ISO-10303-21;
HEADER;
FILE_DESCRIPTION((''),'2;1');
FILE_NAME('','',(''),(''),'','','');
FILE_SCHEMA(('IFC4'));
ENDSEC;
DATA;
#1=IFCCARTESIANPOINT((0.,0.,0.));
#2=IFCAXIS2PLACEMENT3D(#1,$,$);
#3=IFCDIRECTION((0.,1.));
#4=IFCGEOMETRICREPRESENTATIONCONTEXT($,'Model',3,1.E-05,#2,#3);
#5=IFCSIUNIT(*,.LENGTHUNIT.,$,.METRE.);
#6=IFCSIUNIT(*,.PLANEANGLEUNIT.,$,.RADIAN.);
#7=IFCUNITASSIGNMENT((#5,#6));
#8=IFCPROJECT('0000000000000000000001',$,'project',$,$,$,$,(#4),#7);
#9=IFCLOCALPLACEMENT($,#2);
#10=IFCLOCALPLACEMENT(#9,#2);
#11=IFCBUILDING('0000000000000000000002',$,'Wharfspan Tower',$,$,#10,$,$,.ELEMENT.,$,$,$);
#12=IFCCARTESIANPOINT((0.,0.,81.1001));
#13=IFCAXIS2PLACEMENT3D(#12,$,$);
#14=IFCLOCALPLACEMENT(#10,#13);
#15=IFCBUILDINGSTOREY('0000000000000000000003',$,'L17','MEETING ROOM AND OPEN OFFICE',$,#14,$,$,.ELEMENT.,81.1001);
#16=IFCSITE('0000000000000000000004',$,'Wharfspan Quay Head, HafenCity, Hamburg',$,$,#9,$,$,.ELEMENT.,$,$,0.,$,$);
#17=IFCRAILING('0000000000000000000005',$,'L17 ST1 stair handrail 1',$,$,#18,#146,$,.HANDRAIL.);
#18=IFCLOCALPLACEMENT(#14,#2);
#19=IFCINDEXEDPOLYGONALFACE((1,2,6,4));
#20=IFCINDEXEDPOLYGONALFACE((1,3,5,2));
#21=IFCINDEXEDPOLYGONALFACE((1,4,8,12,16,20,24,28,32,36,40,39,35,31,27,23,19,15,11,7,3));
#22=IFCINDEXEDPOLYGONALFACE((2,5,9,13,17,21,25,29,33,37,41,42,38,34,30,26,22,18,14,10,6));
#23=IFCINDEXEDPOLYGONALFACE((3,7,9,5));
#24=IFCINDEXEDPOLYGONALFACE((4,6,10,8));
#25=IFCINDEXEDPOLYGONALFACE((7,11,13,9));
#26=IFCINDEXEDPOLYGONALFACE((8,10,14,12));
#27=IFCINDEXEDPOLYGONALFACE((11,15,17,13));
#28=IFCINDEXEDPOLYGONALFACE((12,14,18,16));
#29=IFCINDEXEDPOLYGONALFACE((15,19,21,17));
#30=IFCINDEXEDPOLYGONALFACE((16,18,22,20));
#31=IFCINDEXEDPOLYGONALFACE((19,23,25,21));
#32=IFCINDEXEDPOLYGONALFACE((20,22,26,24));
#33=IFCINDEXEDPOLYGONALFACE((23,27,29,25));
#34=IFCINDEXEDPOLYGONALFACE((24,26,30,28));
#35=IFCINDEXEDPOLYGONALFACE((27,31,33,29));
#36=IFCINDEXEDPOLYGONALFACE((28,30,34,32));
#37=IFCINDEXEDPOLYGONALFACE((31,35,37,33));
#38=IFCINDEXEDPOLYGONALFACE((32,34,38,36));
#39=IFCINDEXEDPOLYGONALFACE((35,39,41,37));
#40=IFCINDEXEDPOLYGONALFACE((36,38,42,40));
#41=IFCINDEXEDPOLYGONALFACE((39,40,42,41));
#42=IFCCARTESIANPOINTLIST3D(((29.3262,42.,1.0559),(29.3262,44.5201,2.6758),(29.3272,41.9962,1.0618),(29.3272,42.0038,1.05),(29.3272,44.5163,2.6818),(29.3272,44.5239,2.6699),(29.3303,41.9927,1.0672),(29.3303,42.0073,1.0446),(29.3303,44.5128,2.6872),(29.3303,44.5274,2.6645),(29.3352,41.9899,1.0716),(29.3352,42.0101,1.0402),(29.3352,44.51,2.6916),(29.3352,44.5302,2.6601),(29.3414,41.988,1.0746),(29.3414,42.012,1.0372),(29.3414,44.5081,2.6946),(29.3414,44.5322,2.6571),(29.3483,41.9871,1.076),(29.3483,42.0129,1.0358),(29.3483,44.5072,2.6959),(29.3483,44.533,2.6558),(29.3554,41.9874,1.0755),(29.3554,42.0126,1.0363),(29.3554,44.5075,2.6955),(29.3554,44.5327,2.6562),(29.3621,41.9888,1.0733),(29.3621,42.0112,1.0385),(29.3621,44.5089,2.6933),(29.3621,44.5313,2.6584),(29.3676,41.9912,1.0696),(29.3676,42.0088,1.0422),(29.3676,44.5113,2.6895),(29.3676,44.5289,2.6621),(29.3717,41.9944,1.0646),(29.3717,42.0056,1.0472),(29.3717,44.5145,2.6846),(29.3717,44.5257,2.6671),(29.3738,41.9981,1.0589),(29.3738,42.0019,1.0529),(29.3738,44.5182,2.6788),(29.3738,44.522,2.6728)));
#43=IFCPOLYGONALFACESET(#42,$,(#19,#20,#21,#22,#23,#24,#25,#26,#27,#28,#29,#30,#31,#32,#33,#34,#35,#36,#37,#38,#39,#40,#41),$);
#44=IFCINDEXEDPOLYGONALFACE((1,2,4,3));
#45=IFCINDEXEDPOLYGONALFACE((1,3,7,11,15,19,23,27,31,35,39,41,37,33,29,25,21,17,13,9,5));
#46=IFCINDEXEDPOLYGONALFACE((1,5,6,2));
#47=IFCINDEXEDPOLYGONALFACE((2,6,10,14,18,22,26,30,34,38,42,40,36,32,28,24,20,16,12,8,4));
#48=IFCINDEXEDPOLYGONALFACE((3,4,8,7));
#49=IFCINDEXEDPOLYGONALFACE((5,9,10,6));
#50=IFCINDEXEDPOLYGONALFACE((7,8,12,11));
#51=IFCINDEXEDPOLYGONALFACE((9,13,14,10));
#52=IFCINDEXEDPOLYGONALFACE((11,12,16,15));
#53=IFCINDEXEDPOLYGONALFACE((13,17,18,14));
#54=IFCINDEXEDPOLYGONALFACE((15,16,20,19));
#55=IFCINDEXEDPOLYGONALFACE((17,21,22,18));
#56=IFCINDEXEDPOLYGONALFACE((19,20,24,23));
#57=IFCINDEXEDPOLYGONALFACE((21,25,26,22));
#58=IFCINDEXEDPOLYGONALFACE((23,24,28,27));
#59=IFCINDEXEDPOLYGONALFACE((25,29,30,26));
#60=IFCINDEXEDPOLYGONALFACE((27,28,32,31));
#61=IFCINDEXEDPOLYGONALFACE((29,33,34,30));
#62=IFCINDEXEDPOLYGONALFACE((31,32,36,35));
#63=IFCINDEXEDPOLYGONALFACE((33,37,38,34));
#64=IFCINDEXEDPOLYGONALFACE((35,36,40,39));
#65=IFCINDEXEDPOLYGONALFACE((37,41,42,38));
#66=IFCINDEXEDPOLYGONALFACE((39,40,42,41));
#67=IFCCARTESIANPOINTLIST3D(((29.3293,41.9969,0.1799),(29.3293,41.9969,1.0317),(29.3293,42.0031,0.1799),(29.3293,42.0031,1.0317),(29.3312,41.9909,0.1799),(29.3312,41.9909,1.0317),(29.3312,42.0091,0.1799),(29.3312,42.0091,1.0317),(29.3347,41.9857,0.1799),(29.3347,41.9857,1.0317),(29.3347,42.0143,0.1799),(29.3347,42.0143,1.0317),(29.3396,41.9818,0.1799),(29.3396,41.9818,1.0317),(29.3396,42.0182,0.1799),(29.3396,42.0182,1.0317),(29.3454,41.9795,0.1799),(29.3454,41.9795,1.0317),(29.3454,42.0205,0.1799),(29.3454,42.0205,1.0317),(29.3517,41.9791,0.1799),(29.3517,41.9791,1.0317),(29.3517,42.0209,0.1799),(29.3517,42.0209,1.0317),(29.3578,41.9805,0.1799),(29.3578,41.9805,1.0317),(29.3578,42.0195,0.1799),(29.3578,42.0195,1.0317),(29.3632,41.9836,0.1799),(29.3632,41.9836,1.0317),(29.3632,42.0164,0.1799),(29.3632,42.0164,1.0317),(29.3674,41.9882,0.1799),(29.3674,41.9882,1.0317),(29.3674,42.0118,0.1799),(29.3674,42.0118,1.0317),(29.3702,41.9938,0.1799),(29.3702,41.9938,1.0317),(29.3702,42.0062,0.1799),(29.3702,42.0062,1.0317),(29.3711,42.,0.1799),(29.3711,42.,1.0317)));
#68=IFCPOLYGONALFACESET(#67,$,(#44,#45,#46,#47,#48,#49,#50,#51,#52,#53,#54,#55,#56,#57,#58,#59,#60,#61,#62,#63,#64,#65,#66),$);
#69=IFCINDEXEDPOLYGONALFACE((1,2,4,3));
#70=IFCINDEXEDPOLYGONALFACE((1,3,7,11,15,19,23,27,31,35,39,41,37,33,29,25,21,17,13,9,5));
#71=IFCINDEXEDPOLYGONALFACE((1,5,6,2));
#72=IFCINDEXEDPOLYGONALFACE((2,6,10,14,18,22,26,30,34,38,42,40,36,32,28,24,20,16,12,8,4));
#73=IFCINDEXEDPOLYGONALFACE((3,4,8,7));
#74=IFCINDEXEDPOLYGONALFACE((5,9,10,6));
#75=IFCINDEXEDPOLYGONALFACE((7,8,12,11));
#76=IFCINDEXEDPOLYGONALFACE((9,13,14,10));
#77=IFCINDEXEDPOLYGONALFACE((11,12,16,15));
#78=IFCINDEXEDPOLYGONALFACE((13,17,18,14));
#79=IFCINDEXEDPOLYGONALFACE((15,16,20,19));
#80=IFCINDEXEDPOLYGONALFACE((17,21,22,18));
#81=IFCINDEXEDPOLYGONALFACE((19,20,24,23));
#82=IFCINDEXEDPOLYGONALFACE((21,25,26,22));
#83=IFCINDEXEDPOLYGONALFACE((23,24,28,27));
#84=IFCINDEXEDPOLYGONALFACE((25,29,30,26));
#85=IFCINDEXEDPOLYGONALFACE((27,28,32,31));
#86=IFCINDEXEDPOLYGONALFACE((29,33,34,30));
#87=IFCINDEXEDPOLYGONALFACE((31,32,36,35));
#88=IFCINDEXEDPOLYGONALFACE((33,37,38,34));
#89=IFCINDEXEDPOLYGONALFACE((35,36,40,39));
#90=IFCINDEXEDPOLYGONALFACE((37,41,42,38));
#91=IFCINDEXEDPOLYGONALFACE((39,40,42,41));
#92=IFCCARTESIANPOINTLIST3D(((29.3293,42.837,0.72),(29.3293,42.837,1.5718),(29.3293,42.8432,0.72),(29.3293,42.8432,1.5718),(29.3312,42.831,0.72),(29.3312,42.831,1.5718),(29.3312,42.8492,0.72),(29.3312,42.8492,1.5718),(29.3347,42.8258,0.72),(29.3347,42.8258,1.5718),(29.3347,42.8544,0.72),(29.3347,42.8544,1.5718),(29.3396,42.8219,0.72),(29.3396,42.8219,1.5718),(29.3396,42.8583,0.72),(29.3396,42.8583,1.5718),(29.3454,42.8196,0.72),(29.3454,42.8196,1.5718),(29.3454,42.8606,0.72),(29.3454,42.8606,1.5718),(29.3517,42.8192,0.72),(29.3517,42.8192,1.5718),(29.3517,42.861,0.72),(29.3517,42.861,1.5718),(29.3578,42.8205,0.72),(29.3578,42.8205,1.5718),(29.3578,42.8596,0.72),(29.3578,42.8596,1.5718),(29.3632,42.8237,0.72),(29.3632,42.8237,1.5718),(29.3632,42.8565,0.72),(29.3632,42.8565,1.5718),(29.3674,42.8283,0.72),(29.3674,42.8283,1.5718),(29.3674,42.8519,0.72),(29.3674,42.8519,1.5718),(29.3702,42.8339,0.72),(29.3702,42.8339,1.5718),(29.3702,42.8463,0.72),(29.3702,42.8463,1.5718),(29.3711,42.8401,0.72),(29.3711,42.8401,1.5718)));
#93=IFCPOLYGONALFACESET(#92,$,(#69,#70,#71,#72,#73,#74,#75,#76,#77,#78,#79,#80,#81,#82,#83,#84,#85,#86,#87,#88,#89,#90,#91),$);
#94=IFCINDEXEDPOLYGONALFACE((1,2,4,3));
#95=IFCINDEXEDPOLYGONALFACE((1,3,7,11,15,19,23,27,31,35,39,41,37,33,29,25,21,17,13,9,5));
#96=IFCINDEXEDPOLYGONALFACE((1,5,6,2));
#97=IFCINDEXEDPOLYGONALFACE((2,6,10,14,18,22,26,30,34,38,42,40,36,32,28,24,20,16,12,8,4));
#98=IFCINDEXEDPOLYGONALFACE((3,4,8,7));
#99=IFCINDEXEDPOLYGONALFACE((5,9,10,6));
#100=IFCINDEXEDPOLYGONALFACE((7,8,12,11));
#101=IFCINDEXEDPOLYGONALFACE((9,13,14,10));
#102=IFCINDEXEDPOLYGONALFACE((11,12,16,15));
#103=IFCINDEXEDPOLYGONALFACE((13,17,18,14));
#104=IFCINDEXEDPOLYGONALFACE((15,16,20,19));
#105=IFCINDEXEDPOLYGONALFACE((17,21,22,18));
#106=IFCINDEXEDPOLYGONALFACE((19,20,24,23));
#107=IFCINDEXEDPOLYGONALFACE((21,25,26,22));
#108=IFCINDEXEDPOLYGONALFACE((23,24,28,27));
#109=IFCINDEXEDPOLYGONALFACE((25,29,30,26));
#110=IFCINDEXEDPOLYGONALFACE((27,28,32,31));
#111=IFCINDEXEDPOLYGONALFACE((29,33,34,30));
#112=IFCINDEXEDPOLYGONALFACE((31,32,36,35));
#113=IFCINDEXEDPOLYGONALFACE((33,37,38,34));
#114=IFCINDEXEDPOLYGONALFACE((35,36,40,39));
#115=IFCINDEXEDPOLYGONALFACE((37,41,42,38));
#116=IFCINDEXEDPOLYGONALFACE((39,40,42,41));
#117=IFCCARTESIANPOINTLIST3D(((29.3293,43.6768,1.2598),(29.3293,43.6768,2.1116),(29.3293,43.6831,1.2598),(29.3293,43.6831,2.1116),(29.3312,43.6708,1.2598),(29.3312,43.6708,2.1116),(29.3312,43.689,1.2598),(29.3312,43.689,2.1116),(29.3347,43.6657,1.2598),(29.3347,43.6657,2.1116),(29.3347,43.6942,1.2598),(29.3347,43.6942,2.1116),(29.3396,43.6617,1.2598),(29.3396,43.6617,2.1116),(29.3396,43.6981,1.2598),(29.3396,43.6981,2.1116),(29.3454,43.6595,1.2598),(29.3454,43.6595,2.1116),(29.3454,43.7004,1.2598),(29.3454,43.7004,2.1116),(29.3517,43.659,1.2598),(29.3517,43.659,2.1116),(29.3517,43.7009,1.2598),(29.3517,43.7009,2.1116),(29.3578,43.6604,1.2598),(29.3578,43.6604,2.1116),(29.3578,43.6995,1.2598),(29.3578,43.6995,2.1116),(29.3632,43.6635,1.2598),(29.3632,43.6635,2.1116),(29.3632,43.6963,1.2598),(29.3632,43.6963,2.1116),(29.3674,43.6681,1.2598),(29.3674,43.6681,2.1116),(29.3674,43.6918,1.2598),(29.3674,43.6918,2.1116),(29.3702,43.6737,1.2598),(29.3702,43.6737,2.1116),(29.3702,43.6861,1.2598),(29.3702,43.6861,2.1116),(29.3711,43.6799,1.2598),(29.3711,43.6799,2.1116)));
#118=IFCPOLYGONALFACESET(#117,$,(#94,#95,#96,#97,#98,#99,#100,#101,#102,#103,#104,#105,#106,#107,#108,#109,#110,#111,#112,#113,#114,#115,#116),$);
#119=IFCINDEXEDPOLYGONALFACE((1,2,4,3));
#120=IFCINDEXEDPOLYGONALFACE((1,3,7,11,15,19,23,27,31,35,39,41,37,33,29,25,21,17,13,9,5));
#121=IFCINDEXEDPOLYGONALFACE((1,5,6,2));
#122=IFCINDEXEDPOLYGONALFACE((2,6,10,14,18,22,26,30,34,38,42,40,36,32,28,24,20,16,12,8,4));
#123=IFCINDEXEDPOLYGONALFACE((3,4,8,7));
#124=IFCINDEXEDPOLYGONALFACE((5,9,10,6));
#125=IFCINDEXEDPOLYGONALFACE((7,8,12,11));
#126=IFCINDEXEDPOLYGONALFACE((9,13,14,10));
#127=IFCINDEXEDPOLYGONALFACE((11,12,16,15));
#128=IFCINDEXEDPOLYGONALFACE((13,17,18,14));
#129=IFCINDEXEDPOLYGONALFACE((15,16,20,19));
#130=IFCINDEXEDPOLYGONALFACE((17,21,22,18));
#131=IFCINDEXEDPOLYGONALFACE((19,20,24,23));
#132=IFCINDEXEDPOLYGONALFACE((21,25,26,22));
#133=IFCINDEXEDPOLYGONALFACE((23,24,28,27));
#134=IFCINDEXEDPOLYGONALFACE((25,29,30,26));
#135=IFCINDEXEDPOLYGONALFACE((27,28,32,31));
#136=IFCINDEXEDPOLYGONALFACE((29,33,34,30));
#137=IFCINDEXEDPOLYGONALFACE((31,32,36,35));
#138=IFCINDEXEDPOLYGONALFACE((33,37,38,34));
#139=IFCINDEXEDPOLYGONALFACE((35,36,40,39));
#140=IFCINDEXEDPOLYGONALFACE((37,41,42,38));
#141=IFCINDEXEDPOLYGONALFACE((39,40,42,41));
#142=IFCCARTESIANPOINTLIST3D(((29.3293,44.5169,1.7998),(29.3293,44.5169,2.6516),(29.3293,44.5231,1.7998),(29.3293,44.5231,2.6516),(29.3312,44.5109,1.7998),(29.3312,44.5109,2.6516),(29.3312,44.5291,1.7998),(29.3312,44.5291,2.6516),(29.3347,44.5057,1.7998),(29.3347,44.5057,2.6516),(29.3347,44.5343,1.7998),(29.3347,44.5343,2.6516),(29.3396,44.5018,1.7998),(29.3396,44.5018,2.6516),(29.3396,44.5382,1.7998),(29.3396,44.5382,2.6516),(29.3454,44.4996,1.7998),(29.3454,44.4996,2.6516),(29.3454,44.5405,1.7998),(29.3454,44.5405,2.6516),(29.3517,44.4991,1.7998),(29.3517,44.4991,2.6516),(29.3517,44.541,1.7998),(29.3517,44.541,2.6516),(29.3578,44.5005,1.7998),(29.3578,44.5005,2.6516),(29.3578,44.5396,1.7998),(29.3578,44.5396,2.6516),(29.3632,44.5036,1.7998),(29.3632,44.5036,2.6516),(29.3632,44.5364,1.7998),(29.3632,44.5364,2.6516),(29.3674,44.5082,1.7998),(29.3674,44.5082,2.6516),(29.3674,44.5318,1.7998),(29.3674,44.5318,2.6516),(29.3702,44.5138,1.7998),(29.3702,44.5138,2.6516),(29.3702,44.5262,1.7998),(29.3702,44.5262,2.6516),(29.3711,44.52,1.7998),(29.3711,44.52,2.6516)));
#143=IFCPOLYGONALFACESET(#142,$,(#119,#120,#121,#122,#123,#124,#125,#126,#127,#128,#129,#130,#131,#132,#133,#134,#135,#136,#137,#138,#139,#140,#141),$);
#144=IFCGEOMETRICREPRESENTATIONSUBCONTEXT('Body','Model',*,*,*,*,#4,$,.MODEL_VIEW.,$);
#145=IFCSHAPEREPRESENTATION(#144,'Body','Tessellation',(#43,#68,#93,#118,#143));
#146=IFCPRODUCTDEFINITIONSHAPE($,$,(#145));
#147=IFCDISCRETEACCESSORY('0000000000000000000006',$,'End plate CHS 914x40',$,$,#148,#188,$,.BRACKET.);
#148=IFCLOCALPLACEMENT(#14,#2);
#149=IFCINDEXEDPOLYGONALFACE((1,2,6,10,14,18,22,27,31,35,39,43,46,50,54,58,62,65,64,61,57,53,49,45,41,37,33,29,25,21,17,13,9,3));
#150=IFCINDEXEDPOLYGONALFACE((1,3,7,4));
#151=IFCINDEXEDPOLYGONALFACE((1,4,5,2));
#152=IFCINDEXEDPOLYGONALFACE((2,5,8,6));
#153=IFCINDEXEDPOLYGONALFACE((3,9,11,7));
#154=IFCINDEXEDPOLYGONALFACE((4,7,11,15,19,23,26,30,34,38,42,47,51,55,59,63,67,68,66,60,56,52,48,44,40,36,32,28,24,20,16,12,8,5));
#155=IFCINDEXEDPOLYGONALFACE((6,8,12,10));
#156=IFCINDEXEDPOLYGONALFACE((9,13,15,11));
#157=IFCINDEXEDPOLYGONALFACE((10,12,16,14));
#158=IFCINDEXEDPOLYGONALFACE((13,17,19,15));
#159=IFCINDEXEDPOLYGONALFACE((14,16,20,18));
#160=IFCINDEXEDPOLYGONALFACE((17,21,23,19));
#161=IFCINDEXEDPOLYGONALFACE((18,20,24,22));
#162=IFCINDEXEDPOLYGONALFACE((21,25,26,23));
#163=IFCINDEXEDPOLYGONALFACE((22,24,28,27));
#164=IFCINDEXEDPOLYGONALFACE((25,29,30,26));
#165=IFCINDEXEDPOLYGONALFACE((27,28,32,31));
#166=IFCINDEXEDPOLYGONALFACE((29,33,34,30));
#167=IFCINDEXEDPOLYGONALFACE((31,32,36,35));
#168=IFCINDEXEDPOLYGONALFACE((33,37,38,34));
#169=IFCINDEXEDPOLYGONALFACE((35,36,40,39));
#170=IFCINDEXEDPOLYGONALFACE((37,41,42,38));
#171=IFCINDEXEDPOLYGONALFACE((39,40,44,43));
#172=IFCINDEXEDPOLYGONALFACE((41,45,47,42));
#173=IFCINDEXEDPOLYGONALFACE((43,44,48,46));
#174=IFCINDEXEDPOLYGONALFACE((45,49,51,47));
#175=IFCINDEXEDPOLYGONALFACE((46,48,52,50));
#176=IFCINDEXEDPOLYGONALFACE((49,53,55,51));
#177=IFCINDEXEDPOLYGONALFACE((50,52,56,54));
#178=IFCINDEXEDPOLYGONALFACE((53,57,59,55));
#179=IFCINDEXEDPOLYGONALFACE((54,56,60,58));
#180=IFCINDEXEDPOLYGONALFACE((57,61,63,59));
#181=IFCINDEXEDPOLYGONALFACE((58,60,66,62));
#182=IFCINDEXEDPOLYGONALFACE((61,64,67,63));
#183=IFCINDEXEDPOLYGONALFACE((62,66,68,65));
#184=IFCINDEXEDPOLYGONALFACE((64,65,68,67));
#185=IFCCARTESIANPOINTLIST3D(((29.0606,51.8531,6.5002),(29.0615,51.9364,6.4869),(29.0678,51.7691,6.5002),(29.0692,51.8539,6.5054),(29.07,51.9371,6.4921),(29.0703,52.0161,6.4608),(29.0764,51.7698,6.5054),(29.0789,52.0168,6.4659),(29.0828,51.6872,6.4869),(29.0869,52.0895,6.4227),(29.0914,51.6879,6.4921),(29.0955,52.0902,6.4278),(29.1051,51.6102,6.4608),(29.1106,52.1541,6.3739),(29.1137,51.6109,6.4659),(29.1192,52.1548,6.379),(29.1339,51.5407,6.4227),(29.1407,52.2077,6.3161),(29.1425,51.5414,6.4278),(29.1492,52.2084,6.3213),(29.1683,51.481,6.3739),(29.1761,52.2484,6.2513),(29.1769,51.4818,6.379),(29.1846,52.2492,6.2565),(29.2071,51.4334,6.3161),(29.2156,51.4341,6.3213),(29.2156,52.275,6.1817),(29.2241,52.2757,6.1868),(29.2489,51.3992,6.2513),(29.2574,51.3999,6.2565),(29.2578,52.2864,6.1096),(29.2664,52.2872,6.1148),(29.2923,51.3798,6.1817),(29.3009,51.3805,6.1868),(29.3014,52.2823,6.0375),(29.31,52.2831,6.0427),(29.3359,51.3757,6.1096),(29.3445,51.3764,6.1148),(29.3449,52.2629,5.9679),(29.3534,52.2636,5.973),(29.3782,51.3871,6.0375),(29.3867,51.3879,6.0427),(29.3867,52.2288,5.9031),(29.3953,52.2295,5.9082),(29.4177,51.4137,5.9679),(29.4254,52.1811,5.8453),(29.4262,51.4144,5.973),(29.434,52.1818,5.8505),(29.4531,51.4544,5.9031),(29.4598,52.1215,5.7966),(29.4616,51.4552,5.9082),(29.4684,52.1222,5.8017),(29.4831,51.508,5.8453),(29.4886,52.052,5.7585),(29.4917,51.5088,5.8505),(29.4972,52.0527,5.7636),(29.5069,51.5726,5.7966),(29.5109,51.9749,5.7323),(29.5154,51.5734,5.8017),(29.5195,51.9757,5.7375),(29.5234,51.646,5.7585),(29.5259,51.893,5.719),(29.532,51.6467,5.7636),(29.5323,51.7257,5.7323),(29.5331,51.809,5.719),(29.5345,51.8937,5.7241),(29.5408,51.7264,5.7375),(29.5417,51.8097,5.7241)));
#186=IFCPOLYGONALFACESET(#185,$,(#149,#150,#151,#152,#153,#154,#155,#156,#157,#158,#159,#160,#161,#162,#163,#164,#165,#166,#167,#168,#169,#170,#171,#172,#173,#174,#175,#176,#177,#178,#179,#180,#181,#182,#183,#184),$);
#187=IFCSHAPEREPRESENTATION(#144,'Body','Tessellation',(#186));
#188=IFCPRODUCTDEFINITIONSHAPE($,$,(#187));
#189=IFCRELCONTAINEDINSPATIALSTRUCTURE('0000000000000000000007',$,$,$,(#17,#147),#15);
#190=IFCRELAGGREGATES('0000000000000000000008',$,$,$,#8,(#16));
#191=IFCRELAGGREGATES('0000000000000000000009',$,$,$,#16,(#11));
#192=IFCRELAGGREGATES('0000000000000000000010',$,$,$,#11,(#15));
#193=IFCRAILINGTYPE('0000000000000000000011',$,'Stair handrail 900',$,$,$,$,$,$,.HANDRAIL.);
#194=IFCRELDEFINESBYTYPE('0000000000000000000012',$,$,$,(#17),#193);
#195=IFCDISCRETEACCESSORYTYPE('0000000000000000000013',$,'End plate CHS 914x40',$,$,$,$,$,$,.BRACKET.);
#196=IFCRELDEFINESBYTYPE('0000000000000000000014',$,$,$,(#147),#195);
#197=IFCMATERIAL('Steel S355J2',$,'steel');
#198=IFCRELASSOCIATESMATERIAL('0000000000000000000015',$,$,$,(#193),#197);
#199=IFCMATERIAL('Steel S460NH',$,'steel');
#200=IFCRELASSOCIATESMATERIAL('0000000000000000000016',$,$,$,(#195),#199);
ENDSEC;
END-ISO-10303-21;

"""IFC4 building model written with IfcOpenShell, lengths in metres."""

from ifc_helpers import new_model, si_unit, direction, frame, origin, origin_2d, place, context, subcontext, project, spatial, circle, extrude, material, material_profile, profile_set, type_object, element, save


model = new_model("IFC4")

# Units and contexts
model_context = context("Model", 3, precision=1e-05, world=origin(), true_north=direction((0.0, 1.0)))
body_context = subcontext(model_context, "Body", "Model", "MODEL_VIEW")
ifc_project = project(units=[si_unit("LENGTHUNIT", "METRE"), si_unit("PLANEANGLEUNIT", "RADIAN")], contexts=[model_context])

# Site, building, storey
site_placement = place(None, origin())
site = spatial("IfcSite", under=ifc_project, at=site_placement, Name="Wharfspan Quay Head, HafenCity, Hamburg", CompositionType="ELEMENT", RefElevation=0.0)
building_placement = place(site_placement, origin())
building = spatial("IfcBuilding", under=site, at=building_placement, Name="Wharfspan Tower", CompositionType="ELEMENT")
storey_placement = place(building_placement, frame((0.0, 0.0, 81.1001)))
storey = spatial("IfcBuildingStorey", under=building, at=storey_placement, Name="L17", Description="MEETING ROOM AND OPEN OFFICE", CompositionType="ELEMENT", Elevation=81.1001)

# Shared definitions
ifc_material_1 = material(Name="Steel S355J2", Category="steel")

# Shared definitions
ifc_material_2 = material(Name="Steel S460NH", Category="steel")

# Railing
railing_type_1 = type_object("IfcRailingType", Name="Stair handrail 900", PredefinedType="HANDRAIL", material=ifc_material_1)
railing_1_placement = place(storey_placement, frame((29.3501, 42.0, 0.1799)))
element("IfcRailing", 1, at=railing_1_placement, inside=storey, type_object=railing_type_1, Name="L17 ST1 stair handrail 1", PredefinedType="HANDRAIL", context=body_context, shape_type="SweptSolid", body=[
    extrude(circle(Radius=0.0239, at=origin_2d()), frame((0.0, 0.0, 0.876), z_axis=(0.0, 0.8412, 0.540725), x_axis=(-1.0, 0.0, 0.0)), (0.0, 0.0, 1.0), 2.9958),
    extrude(circle(Radius=0.021, at=origin_2d()), origin(), (0.0, 0.0, 1.0), 0.8518),
    extrude(circle(Radius=0.021, at=origin_2d()), frame((0.0, 0.8401, 0.54)), (0.0, 0.0, 1.0), 0.8518),
    extrude(circle(Radius=0.021, at=origin_2d()), frame((0.0, 1.6799, 1.0798)), (0.0, 0.0, 1.0), 0.8518),
    extrude(circle(Radius=0.021, at=origin_2d()), frame((0.0, 2.52, 1.6199)), (0.0, 0.0, 1.0), 0.8518),
])

# Discrete accessory
ifc_material_profile_1 = material_profile(ifc_material_2, circle(Radius=0.457, at=origin_2d()))
ifc_profile_set_1 = profile_set([ifc_material_profile_1], Name="Steel S460NH")
discrete_accessory_type = type_object("IfcDiscreteAccessoryType", Name="End plate CHS 914x40", PredefinedType="BRACKET", material=ifc_profile_set_1)
for number, where, z_axis, x_axis, name in (
    (2, (29.2969, 51.8311, 6.1096), (0.855186, 0.073302, 0.513112), (-0.085402, 0.996345, 0.000001), "End plate CHS 914x40"),
):
    element("IfcDiscreteAccessory", number, at=place(storey_placement, frame(where, z_axis=z_axis, x_axis=x_axis)), inside=storey, type_object=discrete_accessory_type, Name=name, PredefinedType="BRACKET", context=body_context, shape_type="SweptSolid", body=[
        extrude(circle(Radius=0.457, at=origin_2d()), origin(), (0.0, 0.0, 1.0), 0.01),
    ])

save(model, "model.ifc")
